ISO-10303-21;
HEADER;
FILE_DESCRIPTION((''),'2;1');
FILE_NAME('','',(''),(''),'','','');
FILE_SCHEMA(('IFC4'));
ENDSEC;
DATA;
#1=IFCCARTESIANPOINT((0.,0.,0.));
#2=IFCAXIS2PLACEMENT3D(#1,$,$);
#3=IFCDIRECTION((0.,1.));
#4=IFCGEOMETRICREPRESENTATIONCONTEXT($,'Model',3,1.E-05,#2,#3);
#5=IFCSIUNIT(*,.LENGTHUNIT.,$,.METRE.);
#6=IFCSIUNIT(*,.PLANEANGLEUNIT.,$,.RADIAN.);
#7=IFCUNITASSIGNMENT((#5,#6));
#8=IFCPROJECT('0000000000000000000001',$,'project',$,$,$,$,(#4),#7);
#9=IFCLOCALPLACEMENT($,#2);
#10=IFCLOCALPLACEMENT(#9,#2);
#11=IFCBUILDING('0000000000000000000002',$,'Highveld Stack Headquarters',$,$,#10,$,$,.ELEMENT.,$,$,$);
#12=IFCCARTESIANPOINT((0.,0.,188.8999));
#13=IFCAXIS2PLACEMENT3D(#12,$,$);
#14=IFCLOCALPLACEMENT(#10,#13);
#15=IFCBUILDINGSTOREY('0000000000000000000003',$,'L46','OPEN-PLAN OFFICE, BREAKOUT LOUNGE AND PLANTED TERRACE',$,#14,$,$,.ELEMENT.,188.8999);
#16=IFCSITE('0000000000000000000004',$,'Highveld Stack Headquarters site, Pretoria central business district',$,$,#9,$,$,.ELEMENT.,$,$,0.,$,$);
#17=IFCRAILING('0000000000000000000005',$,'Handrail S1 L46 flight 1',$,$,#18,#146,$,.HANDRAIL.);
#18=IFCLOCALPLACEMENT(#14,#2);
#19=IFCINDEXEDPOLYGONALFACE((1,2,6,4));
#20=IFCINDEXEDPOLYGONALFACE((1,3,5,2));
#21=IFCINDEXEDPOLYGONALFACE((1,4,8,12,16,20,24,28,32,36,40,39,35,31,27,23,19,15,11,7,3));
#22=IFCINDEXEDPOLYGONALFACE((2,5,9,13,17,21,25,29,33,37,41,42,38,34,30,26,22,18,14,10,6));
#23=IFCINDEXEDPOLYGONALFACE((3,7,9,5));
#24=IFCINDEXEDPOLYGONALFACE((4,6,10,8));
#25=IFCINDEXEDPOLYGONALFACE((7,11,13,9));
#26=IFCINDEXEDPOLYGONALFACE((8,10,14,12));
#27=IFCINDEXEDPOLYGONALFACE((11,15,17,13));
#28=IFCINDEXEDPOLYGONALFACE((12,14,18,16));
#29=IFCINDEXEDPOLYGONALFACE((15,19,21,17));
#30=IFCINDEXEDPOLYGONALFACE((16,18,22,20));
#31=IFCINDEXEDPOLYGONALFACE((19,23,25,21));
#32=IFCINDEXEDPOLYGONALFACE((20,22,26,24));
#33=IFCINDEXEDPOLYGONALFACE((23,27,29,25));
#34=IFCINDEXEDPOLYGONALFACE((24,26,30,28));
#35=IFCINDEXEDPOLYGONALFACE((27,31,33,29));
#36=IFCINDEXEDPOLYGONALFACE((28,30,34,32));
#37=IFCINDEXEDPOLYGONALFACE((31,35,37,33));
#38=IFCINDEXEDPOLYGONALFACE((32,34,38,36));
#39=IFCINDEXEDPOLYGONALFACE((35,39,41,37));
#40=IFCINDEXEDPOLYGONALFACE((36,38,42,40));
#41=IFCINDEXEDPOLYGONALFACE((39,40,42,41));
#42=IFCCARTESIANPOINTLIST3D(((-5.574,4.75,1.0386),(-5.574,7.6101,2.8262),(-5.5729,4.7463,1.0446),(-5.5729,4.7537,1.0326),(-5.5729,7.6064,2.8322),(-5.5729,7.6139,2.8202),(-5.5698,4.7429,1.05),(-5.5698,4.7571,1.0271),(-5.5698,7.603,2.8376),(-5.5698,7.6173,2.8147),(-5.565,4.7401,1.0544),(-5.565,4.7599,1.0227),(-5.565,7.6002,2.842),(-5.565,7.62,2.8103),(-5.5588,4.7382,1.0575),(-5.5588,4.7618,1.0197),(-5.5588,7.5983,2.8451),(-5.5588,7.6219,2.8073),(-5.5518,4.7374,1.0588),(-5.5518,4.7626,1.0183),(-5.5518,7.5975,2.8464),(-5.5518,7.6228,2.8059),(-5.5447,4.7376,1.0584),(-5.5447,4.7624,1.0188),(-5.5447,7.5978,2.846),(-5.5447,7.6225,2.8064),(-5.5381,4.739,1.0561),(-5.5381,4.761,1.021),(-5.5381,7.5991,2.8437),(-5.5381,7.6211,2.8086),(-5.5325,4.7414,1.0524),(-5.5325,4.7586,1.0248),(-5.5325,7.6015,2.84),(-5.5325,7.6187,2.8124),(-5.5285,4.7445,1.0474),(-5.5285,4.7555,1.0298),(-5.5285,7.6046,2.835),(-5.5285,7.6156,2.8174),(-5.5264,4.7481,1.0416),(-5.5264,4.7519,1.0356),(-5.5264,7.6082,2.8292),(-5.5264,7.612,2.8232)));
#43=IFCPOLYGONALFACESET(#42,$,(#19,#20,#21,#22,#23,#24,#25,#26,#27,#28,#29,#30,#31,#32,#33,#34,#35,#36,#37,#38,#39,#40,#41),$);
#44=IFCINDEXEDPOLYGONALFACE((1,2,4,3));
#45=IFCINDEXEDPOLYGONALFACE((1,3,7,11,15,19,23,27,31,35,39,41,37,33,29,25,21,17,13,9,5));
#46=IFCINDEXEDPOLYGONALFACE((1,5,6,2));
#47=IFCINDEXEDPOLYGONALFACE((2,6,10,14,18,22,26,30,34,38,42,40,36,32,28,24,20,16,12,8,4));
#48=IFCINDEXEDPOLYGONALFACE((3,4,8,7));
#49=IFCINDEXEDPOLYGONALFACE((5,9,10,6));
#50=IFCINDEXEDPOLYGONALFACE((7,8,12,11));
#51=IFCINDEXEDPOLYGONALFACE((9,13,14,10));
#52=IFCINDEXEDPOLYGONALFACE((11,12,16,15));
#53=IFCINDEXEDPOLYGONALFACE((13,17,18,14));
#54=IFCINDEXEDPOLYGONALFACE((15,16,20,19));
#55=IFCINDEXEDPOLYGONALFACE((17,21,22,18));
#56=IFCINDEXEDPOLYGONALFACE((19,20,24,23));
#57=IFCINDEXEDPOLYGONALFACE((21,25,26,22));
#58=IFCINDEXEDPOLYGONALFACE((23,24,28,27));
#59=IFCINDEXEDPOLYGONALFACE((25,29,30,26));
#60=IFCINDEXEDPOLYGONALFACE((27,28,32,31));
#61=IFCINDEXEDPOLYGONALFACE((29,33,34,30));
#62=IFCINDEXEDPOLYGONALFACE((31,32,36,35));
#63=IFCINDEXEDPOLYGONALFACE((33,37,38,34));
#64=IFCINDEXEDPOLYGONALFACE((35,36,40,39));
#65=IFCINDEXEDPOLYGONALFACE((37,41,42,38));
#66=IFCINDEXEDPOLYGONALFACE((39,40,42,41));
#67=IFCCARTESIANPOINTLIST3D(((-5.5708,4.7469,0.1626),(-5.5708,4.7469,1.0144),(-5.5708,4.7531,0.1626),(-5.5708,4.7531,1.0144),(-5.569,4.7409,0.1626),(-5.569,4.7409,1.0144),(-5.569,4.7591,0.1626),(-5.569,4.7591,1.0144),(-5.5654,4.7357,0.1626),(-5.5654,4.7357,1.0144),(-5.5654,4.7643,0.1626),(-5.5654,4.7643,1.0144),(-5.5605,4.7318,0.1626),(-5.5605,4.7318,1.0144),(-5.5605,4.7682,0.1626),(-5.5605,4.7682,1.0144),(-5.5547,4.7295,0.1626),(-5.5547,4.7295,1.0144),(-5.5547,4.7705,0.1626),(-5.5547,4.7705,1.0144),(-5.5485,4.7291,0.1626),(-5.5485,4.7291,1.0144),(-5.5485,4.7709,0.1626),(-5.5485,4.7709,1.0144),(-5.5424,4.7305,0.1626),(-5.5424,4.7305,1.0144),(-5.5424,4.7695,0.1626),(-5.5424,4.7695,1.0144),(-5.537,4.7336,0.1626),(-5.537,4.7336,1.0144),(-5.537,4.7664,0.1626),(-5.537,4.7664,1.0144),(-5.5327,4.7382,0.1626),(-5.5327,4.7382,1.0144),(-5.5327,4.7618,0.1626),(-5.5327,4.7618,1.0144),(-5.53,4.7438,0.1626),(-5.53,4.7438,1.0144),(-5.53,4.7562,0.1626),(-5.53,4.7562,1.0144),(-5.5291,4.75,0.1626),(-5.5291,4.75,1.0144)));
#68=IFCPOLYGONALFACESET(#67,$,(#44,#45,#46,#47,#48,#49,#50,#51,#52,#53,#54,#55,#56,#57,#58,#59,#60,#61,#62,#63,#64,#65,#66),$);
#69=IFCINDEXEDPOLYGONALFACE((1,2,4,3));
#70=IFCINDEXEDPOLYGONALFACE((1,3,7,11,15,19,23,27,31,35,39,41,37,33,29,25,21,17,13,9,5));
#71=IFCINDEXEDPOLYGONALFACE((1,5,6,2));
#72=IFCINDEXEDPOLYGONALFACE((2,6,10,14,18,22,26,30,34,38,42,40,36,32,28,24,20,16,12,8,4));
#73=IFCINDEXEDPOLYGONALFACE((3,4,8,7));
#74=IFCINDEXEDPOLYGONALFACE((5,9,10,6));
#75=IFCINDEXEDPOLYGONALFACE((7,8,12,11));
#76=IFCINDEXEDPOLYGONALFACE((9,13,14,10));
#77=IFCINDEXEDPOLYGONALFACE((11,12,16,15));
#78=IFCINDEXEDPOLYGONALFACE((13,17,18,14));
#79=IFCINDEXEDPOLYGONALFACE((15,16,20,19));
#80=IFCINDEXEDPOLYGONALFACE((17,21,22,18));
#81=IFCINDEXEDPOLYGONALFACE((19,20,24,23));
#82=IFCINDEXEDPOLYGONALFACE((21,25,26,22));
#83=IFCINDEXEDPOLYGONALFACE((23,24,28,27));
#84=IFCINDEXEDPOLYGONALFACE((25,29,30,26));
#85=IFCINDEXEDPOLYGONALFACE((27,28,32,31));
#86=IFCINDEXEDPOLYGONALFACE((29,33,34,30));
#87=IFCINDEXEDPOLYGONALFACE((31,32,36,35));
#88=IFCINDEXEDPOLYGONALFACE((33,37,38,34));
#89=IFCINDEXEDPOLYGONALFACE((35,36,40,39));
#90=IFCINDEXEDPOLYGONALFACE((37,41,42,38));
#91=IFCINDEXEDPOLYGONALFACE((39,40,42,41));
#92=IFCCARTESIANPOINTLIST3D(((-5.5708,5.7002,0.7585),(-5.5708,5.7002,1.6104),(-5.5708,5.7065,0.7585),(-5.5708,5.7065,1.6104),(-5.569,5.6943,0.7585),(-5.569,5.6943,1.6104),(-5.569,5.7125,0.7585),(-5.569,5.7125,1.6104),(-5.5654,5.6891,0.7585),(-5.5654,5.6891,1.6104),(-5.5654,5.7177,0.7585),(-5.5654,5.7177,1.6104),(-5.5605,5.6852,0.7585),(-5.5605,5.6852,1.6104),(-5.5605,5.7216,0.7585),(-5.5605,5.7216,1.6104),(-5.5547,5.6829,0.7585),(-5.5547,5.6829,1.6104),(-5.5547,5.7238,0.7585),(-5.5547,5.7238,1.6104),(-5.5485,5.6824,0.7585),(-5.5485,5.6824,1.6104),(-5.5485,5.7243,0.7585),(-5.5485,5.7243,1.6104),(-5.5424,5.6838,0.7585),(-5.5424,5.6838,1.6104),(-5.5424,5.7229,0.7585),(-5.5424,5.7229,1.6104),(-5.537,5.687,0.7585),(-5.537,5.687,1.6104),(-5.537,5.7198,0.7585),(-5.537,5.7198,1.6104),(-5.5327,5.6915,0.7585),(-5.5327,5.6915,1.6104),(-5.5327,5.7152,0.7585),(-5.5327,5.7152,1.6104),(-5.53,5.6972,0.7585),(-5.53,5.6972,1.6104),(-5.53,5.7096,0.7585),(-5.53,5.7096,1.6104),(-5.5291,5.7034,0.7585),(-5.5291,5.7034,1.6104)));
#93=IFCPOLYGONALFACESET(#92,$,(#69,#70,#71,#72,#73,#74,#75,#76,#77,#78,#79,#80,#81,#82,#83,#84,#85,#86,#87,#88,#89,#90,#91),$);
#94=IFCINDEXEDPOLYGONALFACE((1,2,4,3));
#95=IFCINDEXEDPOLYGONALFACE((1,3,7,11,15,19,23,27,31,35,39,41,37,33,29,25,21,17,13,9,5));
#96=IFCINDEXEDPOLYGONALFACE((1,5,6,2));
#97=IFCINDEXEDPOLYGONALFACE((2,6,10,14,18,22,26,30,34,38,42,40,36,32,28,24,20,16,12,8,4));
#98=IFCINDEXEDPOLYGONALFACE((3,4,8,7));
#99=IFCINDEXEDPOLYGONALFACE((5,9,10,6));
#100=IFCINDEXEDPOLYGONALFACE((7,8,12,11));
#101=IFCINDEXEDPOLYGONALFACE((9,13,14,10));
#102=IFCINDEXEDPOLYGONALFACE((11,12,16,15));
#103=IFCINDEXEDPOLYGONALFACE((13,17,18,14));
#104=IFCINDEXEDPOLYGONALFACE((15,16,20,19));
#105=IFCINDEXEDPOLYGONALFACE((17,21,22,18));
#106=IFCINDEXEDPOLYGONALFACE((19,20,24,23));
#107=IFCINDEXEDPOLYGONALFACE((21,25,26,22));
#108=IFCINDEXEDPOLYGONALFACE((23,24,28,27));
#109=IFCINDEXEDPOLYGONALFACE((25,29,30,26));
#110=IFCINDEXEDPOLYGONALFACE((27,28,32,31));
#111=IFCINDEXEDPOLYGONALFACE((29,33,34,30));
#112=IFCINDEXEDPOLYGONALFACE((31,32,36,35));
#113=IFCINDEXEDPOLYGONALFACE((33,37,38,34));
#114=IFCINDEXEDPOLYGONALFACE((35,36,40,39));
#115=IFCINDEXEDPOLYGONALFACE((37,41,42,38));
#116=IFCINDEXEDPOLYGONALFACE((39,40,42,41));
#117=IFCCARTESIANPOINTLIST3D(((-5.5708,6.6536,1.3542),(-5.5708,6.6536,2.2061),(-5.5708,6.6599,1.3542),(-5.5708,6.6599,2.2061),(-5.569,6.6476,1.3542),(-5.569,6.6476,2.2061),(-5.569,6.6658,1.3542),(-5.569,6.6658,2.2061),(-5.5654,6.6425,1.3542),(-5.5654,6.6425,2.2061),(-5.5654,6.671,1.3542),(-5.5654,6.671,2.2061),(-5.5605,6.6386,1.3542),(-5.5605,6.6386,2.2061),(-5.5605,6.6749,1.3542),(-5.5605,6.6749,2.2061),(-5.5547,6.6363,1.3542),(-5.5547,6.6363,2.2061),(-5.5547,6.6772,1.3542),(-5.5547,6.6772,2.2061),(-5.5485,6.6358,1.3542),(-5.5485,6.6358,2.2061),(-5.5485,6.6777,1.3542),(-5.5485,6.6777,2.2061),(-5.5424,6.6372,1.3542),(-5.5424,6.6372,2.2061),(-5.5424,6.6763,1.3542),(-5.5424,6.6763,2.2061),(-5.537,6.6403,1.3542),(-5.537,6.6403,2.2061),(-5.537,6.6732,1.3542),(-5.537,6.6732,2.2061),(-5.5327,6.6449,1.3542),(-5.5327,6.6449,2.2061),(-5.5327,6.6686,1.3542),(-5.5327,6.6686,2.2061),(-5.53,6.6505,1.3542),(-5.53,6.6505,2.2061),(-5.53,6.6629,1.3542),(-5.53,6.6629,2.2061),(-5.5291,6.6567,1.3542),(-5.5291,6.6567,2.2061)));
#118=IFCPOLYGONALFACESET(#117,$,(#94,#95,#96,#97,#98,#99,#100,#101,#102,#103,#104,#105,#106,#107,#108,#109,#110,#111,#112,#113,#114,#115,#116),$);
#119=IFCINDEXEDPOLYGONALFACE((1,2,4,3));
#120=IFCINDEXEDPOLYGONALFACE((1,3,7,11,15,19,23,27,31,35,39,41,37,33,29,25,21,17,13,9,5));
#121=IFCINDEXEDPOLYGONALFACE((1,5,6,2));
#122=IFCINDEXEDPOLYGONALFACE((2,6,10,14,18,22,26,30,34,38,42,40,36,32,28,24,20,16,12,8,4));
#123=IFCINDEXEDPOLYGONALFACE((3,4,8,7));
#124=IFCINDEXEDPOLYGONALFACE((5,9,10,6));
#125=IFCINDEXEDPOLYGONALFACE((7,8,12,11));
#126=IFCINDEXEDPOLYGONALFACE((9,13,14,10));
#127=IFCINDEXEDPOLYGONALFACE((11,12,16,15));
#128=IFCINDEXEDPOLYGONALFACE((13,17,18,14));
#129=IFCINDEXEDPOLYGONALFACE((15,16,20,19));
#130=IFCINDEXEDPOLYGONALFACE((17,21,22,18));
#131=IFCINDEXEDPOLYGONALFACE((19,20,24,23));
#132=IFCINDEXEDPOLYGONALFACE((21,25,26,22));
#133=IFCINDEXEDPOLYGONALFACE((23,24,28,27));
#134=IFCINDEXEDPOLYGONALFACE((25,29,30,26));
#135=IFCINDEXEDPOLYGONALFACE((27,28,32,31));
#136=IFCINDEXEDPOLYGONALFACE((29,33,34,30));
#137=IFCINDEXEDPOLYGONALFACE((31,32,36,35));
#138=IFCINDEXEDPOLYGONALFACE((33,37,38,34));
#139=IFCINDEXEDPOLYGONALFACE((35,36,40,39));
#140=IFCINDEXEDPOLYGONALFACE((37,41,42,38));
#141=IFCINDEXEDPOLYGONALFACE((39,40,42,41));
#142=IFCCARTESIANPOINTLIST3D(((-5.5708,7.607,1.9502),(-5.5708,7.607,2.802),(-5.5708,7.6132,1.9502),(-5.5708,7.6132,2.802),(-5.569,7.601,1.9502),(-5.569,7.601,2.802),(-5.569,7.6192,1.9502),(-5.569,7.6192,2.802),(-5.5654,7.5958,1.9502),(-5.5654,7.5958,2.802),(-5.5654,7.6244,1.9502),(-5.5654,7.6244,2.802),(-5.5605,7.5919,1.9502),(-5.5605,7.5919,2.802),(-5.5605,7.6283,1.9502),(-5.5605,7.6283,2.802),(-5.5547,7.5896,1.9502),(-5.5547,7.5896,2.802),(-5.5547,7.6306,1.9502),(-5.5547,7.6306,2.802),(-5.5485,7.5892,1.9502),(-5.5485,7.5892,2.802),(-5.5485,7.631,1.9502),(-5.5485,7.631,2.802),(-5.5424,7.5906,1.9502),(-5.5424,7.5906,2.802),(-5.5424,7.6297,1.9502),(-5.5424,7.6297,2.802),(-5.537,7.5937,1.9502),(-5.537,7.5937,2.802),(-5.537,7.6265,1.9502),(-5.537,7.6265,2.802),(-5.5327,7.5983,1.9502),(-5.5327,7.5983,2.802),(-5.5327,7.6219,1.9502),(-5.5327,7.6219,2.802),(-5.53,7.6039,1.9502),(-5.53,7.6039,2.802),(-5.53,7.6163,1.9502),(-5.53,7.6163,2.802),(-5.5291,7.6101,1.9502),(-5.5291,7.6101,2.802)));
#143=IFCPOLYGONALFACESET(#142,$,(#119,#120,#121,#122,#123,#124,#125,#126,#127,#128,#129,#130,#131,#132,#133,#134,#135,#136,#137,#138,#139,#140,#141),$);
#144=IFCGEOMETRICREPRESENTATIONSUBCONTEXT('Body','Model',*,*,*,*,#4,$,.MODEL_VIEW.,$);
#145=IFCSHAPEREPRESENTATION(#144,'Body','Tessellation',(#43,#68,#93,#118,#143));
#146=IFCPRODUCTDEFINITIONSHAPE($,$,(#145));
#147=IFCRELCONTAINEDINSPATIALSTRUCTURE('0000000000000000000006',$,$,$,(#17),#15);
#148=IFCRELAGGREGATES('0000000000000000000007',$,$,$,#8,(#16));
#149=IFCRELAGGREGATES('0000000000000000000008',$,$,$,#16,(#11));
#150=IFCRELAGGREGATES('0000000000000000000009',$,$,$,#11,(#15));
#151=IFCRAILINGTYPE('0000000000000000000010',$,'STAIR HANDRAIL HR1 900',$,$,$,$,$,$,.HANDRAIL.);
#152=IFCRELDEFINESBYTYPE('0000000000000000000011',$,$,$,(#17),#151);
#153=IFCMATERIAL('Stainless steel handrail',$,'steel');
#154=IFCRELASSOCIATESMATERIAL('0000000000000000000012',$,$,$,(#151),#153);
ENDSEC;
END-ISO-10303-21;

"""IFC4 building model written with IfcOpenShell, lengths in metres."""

from ifc_helpers import new_model, si_unit, direction, frame, origin, origin_2d, place, context, subcontext, project, spatial, circle, extrude, material, type_object, element, save


model = new_model("IFC4")

# Units and contexts
model_context = context("Model", 3, precision=1e-05, world=origin(), true_north=direction((0.0, 1.0)))
body_context = subcontext(model_context, "Body", "Model", "MODEL_VIEW")
ifc_project = project(units=[si_unit("LENGTHUNIT", "METRE"), si_unit("PLANEANGLEUNIT", "RADIAN")], contexts=[model_context])

# Site, building, storey
site_placement = place(None, origin())
site = spatial("IfcSite", under=ifc_project, at=site_placement, Name="Highveld Stack Headquarters site, Pretoria central business district", CompositionType="ELEMENT", RefElevation=0.0)
building_placement = place(site_placement, origin())
building = spatial("IfcBuilding", under=site, at=building_placement, Name="Highveld Stack Headquarters", CompositionType="ELEMENT")
storey_placement = place(building_placement, frame((0.0, 0.0, 188.8999)))
storey = spatial("IfcBuildingStorey", under=building, at=storey_placement, Name="L46", Description="OPEN-PLAN OFFICE, BREAKOUT LOUNGE AND PLANTED TERRACE", CompositionType="ELEMENT", Elevation=188.8999)

# Railing
ifc_material_1 = material(Name="Stainless steel handrail", Category="steel")
railing_type = type_object("IfcRailingType", Name="STAIR HANDRAIL HR1 900", PredefinedType="HANDRAIL", material=ifc_material_1)
for number, where, name in (
    (1, (-5.55, 4.75, 0.1626), "Handrail S1 L46 flight 1"),
):
    element("IfcRailing", number, at=place(storey_placement, frame(where)), inside=storey, type_object=railing_type, Name=name, PredefinedType="HANDRAIL", context=body_context, shape_type="SweptSolid", body=[
        extrude(circle(Radius=0.0239, at=origin_2d()), frame((0.0, 0.0, 0.876), z_axis=(0.0, 0.847994, 0.530005), x_axis=(-1.0, 0.0, 0.0)), (0.0, 0.0, 1.0), 3.3728),
        extrude(circle(Radius=0.021, at=origin_2d()), origin(), (0.0, 0.0, 1.0), 0.8518),
        extrude(circle(Radius=0.021, at=origin_2d()), frame((0.0, 0.9534, 0.5959)), (0.0, 0.0, 1.0), 0.8518),
        extrude(circle(Radius=0.021, at=origin_2d()), frame((0.0, 1.9067, 1.1917)), (0.0, 0.0, 1.0), 0.8518),
        extrude(circle(Radius=0.021, at=origin_2d()), frame((0.0, 2.8601, 1.7876)), (0.0, 0.0, 1.0), 0.8518),
    ])

save(model, "model.ifc")
